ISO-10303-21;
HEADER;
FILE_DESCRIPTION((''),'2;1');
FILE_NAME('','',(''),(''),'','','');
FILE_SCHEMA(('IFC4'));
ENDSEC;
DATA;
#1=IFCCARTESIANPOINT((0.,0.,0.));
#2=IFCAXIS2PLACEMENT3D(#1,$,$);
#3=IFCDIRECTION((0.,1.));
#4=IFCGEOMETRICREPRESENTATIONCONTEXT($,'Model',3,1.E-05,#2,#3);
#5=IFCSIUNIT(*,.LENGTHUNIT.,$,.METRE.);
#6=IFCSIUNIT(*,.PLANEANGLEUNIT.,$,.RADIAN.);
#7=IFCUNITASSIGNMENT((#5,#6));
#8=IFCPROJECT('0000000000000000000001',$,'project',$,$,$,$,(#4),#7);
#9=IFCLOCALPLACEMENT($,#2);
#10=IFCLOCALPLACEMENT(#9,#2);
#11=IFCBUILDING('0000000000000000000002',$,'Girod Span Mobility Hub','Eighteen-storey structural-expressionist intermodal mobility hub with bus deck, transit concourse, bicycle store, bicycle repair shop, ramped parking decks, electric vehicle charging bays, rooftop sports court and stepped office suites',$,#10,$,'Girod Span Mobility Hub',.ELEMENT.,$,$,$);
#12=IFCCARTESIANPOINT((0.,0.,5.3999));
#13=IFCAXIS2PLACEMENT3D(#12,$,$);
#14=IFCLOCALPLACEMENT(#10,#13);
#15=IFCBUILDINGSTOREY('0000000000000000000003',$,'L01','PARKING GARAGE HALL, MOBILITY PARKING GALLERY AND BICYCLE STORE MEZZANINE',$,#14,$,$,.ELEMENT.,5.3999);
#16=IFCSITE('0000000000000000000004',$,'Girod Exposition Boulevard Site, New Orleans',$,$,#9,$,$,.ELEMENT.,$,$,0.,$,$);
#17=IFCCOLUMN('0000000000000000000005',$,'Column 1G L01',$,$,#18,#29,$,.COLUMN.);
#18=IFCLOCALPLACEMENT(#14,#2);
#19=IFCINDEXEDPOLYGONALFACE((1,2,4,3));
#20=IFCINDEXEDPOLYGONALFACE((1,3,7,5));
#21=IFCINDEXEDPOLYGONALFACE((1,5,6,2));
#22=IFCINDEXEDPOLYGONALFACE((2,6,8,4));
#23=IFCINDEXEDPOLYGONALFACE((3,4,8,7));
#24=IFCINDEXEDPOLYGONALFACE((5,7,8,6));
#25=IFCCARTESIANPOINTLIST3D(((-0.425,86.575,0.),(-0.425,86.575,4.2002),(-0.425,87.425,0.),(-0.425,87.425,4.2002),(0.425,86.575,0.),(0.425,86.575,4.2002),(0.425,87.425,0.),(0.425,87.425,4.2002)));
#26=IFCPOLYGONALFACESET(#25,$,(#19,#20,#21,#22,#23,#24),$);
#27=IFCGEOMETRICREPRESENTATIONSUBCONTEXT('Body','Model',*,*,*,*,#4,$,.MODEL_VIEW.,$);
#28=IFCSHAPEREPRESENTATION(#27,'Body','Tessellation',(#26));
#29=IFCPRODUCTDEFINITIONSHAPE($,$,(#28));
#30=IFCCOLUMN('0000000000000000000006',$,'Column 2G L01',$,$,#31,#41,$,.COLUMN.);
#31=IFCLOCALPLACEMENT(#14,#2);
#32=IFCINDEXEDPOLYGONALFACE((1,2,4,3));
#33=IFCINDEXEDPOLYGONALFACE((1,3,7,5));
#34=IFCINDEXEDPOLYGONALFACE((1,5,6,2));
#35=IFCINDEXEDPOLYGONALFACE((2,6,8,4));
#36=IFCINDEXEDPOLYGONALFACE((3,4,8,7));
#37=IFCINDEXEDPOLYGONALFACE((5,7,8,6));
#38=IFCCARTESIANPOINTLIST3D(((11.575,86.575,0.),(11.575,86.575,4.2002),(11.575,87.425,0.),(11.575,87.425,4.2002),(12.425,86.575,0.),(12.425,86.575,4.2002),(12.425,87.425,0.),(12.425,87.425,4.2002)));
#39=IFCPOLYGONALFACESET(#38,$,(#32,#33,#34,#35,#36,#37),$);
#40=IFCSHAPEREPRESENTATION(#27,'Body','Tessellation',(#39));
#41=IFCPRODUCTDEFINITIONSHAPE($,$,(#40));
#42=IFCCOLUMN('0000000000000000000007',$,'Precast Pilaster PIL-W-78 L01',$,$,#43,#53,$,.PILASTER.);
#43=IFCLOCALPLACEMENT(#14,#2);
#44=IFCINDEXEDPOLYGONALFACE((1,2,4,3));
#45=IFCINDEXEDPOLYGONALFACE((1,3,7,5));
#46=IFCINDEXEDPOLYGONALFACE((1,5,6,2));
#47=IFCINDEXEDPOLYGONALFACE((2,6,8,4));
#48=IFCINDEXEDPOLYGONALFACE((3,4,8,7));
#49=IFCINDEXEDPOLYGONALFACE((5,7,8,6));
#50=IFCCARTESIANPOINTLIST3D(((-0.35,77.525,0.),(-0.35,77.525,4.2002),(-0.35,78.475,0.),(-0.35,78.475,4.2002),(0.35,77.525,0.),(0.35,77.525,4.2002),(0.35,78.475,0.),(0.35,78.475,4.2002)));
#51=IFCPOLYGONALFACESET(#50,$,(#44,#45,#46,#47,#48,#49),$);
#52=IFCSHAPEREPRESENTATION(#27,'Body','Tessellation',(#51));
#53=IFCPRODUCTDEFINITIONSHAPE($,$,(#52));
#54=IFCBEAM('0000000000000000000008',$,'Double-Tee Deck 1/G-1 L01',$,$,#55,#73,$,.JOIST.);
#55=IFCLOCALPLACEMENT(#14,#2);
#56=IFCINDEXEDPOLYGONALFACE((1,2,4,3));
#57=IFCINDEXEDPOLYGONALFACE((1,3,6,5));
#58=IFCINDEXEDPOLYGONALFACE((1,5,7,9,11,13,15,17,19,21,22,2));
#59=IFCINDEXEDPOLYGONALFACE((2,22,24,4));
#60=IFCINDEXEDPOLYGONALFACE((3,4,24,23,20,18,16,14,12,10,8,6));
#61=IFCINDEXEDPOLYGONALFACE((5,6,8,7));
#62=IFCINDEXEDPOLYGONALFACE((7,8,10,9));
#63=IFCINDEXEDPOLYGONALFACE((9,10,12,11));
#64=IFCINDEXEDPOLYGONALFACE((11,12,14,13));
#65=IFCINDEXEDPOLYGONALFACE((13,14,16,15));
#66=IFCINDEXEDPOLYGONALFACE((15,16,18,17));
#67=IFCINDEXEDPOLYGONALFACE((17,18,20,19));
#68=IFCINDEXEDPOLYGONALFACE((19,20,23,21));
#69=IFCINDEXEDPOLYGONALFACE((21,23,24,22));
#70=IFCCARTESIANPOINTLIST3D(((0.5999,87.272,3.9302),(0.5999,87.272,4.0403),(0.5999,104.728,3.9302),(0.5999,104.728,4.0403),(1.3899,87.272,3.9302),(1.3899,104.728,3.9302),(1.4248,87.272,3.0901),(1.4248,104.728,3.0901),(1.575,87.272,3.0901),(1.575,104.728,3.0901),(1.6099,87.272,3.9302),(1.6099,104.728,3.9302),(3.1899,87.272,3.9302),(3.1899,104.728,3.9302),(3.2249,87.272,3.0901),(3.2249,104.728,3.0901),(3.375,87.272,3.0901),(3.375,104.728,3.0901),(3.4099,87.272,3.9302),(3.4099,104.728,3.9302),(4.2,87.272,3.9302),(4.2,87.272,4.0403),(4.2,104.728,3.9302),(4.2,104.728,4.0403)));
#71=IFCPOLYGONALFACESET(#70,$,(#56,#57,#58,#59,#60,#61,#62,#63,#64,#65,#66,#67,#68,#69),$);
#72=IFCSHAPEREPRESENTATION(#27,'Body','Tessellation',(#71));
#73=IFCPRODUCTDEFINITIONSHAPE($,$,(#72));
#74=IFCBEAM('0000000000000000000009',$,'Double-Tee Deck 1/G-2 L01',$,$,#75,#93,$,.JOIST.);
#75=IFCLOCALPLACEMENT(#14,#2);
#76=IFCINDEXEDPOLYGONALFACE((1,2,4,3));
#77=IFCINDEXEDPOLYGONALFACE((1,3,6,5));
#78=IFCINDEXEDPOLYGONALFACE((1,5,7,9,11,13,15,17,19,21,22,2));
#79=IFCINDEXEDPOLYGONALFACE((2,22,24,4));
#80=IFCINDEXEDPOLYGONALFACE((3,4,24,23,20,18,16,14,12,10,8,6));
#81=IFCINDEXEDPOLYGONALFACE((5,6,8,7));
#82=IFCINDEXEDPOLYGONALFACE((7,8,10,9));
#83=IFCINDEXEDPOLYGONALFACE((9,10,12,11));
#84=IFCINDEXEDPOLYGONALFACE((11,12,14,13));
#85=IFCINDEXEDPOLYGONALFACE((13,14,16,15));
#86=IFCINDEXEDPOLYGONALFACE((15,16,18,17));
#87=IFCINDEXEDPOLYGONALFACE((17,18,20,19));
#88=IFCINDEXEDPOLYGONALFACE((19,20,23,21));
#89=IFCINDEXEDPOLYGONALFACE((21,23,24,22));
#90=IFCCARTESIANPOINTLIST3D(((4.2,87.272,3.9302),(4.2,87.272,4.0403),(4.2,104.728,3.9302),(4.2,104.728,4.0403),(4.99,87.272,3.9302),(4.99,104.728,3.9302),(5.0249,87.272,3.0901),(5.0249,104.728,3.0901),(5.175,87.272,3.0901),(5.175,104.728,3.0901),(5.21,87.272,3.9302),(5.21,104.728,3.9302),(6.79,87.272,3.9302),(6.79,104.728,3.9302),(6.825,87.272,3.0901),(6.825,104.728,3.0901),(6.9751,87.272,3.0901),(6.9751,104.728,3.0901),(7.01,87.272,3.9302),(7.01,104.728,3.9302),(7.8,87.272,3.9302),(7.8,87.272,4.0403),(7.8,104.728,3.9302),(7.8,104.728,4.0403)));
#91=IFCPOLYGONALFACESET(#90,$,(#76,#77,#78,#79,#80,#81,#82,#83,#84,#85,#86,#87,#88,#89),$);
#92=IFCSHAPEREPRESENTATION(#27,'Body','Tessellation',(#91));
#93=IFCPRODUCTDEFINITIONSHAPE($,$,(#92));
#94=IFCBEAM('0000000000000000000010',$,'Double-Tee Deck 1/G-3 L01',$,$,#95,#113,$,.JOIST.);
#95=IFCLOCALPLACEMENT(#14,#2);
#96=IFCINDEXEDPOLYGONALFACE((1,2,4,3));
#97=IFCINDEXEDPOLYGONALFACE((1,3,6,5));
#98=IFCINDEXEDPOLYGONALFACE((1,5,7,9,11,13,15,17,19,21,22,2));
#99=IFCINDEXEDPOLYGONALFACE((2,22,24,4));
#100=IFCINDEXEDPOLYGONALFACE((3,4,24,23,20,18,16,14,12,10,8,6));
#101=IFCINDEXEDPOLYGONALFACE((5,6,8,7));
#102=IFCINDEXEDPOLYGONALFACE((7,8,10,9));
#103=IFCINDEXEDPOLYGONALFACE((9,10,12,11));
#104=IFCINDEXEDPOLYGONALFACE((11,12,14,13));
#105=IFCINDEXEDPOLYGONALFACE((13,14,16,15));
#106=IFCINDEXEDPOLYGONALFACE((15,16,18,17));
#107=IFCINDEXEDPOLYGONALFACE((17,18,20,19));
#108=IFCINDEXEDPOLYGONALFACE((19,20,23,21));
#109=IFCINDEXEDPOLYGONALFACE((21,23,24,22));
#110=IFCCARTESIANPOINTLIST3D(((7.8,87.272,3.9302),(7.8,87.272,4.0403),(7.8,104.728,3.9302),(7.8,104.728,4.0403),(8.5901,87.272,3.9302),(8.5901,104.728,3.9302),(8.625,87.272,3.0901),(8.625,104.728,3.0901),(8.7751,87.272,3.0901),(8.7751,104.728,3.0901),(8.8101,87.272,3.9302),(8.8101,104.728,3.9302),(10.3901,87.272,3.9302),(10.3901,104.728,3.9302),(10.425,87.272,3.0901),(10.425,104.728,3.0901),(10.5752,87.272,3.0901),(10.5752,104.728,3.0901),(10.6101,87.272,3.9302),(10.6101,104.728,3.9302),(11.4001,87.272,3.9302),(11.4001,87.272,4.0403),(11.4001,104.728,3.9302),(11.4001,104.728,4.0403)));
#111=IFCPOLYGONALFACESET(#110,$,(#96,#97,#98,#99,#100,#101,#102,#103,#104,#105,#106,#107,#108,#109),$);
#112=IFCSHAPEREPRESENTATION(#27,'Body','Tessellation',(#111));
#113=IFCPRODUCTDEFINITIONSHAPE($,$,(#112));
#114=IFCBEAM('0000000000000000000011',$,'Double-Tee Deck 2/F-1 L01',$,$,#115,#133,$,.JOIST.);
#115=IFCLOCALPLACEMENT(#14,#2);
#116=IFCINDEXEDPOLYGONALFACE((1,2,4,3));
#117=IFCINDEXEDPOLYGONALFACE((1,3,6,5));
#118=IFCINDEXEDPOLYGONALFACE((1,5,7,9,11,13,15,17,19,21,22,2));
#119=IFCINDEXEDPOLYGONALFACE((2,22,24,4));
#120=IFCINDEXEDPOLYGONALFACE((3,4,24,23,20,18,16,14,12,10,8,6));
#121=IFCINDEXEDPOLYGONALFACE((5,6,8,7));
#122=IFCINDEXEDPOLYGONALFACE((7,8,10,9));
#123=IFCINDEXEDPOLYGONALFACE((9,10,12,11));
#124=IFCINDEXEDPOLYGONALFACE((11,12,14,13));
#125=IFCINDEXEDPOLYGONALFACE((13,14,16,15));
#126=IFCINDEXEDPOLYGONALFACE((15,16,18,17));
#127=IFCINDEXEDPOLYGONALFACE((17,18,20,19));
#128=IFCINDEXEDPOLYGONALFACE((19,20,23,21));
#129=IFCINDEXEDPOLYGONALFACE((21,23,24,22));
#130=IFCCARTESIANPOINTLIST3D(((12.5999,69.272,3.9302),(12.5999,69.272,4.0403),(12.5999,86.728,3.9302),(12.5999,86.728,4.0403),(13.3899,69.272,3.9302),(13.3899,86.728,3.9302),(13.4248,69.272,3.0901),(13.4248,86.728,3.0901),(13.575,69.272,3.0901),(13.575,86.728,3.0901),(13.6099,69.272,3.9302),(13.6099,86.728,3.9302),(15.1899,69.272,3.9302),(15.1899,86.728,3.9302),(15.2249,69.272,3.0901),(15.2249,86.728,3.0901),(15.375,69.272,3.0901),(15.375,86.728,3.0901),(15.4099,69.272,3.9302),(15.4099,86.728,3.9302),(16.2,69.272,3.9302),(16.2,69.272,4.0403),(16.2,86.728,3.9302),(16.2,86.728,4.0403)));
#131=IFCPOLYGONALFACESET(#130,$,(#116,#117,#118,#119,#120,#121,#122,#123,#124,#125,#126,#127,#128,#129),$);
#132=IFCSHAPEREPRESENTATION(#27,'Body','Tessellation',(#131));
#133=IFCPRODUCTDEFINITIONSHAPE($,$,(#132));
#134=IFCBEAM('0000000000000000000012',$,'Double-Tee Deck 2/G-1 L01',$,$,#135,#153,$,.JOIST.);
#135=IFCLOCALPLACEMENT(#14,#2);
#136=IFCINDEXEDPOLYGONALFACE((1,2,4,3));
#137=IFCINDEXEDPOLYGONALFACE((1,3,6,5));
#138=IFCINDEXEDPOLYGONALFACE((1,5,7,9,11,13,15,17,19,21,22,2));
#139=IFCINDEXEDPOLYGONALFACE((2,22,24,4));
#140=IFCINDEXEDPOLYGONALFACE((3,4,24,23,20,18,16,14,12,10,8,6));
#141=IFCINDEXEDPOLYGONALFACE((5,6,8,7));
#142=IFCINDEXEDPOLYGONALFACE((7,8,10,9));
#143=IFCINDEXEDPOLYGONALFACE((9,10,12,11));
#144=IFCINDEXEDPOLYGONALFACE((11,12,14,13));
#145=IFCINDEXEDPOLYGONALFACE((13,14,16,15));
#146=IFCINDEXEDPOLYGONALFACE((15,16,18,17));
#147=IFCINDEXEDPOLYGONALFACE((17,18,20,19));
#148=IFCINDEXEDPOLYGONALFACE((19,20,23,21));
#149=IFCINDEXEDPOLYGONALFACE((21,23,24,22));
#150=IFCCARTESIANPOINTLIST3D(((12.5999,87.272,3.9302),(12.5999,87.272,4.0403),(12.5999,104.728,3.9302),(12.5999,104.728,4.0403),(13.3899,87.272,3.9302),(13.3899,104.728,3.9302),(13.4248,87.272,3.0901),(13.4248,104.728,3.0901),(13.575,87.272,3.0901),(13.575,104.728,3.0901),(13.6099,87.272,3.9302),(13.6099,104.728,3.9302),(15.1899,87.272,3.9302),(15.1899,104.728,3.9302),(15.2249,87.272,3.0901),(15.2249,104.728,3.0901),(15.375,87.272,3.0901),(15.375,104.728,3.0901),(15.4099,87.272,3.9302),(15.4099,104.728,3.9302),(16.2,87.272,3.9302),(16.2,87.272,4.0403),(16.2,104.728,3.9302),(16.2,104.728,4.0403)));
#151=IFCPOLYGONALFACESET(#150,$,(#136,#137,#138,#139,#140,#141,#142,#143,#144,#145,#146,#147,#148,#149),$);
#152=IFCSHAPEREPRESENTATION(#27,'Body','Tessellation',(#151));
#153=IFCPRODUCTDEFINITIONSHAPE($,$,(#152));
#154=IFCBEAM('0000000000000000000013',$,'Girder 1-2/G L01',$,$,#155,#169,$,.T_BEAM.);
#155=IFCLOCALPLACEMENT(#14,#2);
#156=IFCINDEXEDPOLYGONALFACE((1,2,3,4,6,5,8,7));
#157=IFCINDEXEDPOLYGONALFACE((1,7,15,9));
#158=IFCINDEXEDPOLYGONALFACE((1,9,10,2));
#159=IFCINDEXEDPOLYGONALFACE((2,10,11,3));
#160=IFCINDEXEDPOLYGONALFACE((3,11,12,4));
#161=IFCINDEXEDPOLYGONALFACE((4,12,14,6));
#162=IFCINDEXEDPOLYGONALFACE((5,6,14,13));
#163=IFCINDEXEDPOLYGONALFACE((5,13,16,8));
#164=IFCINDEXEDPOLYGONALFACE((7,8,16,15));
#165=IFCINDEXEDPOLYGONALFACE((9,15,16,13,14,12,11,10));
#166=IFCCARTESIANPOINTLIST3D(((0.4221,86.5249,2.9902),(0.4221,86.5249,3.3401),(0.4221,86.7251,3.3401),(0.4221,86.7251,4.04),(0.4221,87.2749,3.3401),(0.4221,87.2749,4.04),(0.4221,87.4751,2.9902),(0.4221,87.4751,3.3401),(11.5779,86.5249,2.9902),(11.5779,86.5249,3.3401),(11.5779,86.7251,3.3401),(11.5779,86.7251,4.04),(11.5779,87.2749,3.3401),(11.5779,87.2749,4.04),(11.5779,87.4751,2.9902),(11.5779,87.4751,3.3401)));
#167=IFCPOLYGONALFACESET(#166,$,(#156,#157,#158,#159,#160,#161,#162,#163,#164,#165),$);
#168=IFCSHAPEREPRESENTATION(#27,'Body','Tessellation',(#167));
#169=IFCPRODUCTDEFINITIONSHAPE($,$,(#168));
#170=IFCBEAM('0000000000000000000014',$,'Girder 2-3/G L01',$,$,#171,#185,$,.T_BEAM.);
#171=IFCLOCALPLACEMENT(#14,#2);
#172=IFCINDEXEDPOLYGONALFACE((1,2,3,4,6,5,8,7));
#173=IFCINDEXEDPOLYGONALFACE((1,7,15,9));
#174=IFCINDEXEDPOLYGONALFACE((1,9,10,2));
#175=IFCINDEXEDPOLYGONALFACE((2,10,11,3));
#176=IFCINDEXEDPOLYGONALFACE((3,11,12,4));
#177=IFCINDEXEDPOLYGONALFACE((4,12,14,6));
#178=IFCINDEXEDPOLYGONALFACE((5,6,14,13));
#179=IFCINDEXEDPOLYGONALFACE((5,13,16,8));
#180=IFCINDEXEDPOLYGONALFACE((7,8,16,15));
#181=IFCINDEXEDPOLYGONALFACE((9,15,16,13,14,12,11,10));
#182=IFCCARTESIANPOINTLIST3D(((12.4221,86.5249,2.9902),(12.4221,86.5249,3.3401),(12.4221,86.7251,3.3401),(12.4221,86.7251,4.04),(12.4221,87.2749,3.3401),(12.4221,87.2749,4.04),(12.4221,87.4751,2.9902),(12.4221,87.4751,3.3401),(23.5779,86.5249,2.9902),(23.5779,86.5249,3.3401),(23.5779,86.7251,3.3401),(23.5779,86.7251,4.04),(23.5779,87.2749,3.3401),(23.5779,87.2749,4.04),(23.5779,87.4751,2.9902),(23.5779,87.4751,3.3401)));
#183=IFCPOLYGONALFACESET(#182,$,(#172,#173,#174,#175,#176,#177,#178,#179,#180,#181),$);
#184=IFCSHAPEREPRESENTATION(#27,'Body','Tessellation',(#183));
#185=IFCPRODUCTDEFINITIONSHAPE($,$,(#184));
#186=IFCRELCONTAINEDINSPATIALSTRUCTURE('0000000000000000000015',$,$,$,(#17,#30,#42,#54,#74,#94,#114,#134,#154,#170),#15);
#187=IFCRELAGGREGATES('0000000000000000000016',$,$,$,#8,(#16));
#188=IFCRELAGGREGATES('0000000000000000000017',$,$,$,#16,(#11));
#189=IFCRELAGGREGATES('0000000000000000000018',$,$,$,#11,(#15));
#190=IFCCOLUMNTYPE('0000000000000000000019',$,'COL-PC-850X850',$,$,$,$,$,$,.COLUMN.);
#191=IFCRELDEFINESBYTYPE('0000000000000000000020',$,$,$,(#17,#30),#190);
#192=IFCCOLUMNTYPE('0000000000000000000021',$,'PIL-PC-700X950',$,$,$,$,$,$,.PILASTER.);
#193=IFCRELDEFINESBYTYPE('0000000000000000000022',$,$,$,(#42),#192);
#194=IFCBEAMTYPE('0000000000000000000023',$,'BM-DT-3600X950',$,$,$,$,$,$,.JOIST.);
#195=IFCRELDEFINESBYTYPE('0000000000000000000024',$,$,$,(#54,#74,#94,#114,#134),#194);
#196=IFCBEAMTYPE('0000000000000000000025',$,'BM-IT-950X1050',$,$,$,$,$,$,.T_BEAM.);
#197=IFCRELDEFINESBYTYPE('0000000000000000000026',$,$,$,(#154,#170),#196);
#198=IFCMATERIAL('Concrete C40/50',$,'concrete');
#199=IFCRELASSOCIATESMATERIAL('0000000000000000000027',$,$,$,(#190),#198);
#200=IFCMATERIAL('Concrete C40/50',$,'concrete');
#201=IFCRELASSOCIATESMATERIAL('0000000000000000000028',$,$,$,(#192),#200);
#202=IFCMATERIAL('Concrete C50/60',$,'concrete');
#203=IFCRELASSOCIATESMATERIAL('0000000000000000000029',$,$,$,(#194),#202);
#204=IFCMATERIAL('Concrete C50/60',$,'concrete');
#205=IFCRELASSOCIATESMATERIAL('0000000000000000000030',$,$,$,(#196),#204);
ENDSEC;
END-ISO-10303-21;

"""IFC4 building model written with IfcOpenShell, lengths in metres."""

from ifc_helpers import new_model, si_unit, direction, frame, origin, origin_2d, place, context, subcontext, project, spatial, polyline, rectangle, outline, extrude, material, material_profile, profile_set, type_object, element, save


model = new_model("IFC4")

# Units and contexts
model_context = context("Model", 3, precision=1e-05, world=origin(), true_north=direction((0.0, 1.0)))
body_context = subcontext(model_context, "Body", "Model", "MODEL_VIEW")
ifc_project = project(units=[si_unit("LENGTHUNIT", "METRE"), si_unit("PLANEANGLEUNIT", "RADIAN")], contexts=[model_context])

# Site, building, storey
site_placement = place(None, origin())
site = spatial("IfcSite", under=ifc_project, at=site_placement, Name="Girod Exposition Boulevard Site, New Orleans", CompositionType="ELEMENT", RefElevation=0.0)
building_placement = place(site_placement, origin())
building = spatial("IfcBuilding", under=site, at=building_placement, Name="Girod Span Mobility Hub", Description="Eighteen-storey structural-expressionist intermodal mobility hub with bus deck, transit concourse, bicycle store, bicycle repair shop, ramped parking decks, electric vehicle charging bays, rooftop sports court and stepped office suites", LongName="Girod Span Mobility Hub", CompositionType="ELEMENT")
storey_placement = place(building_placement, frame((0.0, 0.0, 5.3999)))
storey = spatial("IfcBuildingStorey", under=building, at=storey_placement, Name="L01", Description="PARKING GARAGE HALL, MOBILITY PARKING GALLERY AND BICYCLE STORE MEZZANINE", CompositionType="ELEMENT", Elevation=5.3999)

# Columns
ifc_material_1 = material(Name="Concrete C40/50", Category="concrete")
ifc_material_profile_1 = material_profile(ifc_material_1, rectangle(XDim=0.8501, YDim=0.8501, at=origin_2d()), Name="PC-COL-850X850")
ifc_profile_set_1 = profile_set([ifc_material_profile_1], Name="Concrete C40/50")
column_type_1 = type_object("IfcColumnType", Name="COL-PC-850X850", PredefinedType="COLUMN", material=ifc_profile_set_1)
for number, where, z_axis, x_axis, name in (
    (1, (0.0, 87.0, 0.0), (0.0, 0.0, 1.0), (1.0, 0.0, 0.0), "Column 1G L01"),
    (2, (12.0, 87.0, 0.0), (0.0, 0.0, 1.0), (1.0, 0.0, 0.0), "Column 2G L01"),
):
    element("IfcColumn", number, at=place(storey_placement, frame(where, z_axis=z_axis, x_axis=x_axis)), inside=storey, type_object=column_type_1, Name=name, PredefinedType="COLUMN", context=body_context, shape_type="SweptSolid", body=[
        extrude(rectangle(XDim=0.8501, YDim=0.8501, at=origin_2d()), origin(), (0.0, 0.0, 1.0), 4.2002),
    ])
ifc_material_2 = material(Name="Concrete C40/50", Category="concrete")
ifc_material_profile_2 = material_profile(ifc_material_2, rectangle(XDim=0.7, YDim=0.95, at=origin_2d()), Name="PC-PIL-700X950")
ifc_profile_set_2 = profile_set([ifc_material_profile_2], Name="Concrete C40/50")
column_type_2 = type_object("IfcColumnType", Name="PIL-PC-700X950", PredefinedType="PILASTER", material=ifc_profile_set_2)
column_placement = place(storey_placement, frame((0.0, 78.0, 0.0), z_axis=(0.0, 0.0, 1.0), x_axis=(1.0, 0.0, 0.0)))
element("IfcColumn", 3, at=column_placement, inside=storey, type_object=column_type_2, Name="Precast Pilaster PIL-W-78 L01", PredefinedType="PILASTER", context=body_context, shape_type="SweptSolid", body=[
    extrude(rectangle(XDim=0.7, YDim=0.95, at=origin_2d()), origin(), (0.0, 0.0, 1.0), 4.2002),
])

# Beams
ifc_material_3 = material(Name="Concrete C50/60", Category="concrete")
ifc_material_profile_3 = material_profile(ifc_material_3, outline(polyline([(-1.8, 0.4751), (-1.8, 0.365), (-1.01, 0.365), (-0.9751, -0.4751), (-0.825, -0.4751), (-0.79, 0.365), (0.79, 0.365), (0.825, -0.4751), (0.9751, -0.4751), (1.01, 0.365), (1.8, 0.365), (1.8, 0.4751), (-1.8, 0.4751)])), Name="DT-3600X950")
ifc_profile_set_3 = profile_set([ifc_material_profile_3], Name="Concrete C50/60")
beam_type_1 = type_object("IfcBeamType", Name="BM-DT-3600X950", PredefinedType="JOIST", material=ifc_profile_set_3)
for number, where, z_axis, x_axis, name in (
    (4, (2.3999, 87.272, 3.5652), (0.0, 1.0, 0.0), (-1.0, 0.0, 0.0), "Double-Tee Deck 1/G-1 L01"),
    (5, (6.0, 87.272, 3.5652), (0.0, 1.0, 0.0), (-1.0, 0.0, 0.0), "Double-Tee Deck 1/G-2 L01"),
    (6, (9.6001, 87.272, 3.5652), (0.0, 1.0, 0.0), (-1.0, 0.0, 0.0), "Double-Tee Deck 1/G-3 L01"),
    (7, (14.3999, 69.272, 3.5652), (0.0, 1.0, 0.0), (-1.0, 0.0, 0.0), "Double-Tee Deck 2/F-1 L01"),
    (8, (14.3999, 87.272, 3.5652), (0.0, 1.0, 0.0), (-1.0, 0.0, 0.0), "Double-Tee Deck 2/G-1 L01"),
):
    element("IfcBeam", number, at=place(storey_placement, frame(where, z_axis=z_axis, x_axis=x_axis)), inside=storey, type_object=beam_type_1, Name=name, PredefinedType="JOIST", context=body_context, shape_type="SweptSolid", body=[
        extrude(outline(polyline([(-1.8, 0.4751), (-1.8, 0.365), (-1.01, 0.365), (-0.9751, -0.4751), (-0.825, -0.4751), (-0.79, 0.365), (0.79, 0.365), (0.825, -0.4751), (0.9751, -0.4751), (1.01, 0.365), (1.8, 0.365), (1.8, 0.4751), (-1.8, 0.4751)])), origin(), (0.0, 0.0, 1.0), 17.4561),
    ])
ifc_material_4 = material(Name="Concrete C50/60", Category="concrete")
ifc_material_profile_4 = material_profile(ifc_material_4, outline(polyline([(-0.4751, -0.5249), (0.4751, -0.5249), (0.4751, -0.175), (0.2749, -0.175), (0.2749, 0.5249), (-0.2749, 0.5249), (-0.2749, -0.175), (-0.4751, -0.175), (-0.4751, -0.5249)])), Name="IT-950X1050")
ifc_profile_set_4 = profile_set([ifc_material_profile_4], Name="Concrete C50/60")
beam_type_2 = type_object("IfcBeamType", Name="BM-IT-950X1050", PredefinedType="T_BEAM", material=ifc_profile_set_4)
for number, where, z_axis, x_axis, name in (
    (9, (0.4221, 87.0, 3.5151), (1.0, 0.0, 0.0), (0.0, 1.0, 0.0), "Girder 1-2/G L01"),
    (10, (12.4221, 87.0, 3.5151), (1.0, 0.0, 0.0), (0.0, 1.0, 0.0), "Girder 2-3/G L01"),
):
    element("IfcBeam", number, at=place(storey_placement, frame(where, z_axis=z_axis, x_axis=x_axis)), inside=storey, type_object=beam_type_2, Name=name, PredefinedType="T_BEAM", context=body_context, shape_type="SweptSolid", body=[
        extrude(outline(polyline([(-0.4751, -0.5249), (0.4751, -0.5249), (0.4751, -0.175), (0.2749, -0.175), (0.2749, 0.5249), (-0.2749, 0.5249), (-0.2749, -0.175), (-0.4751, -0.175), (-0.4751, -0.5249)])), origin(), (0.0, 0.0, 1.0), 11.1558),
    ])

save(model, "model.ifc")
